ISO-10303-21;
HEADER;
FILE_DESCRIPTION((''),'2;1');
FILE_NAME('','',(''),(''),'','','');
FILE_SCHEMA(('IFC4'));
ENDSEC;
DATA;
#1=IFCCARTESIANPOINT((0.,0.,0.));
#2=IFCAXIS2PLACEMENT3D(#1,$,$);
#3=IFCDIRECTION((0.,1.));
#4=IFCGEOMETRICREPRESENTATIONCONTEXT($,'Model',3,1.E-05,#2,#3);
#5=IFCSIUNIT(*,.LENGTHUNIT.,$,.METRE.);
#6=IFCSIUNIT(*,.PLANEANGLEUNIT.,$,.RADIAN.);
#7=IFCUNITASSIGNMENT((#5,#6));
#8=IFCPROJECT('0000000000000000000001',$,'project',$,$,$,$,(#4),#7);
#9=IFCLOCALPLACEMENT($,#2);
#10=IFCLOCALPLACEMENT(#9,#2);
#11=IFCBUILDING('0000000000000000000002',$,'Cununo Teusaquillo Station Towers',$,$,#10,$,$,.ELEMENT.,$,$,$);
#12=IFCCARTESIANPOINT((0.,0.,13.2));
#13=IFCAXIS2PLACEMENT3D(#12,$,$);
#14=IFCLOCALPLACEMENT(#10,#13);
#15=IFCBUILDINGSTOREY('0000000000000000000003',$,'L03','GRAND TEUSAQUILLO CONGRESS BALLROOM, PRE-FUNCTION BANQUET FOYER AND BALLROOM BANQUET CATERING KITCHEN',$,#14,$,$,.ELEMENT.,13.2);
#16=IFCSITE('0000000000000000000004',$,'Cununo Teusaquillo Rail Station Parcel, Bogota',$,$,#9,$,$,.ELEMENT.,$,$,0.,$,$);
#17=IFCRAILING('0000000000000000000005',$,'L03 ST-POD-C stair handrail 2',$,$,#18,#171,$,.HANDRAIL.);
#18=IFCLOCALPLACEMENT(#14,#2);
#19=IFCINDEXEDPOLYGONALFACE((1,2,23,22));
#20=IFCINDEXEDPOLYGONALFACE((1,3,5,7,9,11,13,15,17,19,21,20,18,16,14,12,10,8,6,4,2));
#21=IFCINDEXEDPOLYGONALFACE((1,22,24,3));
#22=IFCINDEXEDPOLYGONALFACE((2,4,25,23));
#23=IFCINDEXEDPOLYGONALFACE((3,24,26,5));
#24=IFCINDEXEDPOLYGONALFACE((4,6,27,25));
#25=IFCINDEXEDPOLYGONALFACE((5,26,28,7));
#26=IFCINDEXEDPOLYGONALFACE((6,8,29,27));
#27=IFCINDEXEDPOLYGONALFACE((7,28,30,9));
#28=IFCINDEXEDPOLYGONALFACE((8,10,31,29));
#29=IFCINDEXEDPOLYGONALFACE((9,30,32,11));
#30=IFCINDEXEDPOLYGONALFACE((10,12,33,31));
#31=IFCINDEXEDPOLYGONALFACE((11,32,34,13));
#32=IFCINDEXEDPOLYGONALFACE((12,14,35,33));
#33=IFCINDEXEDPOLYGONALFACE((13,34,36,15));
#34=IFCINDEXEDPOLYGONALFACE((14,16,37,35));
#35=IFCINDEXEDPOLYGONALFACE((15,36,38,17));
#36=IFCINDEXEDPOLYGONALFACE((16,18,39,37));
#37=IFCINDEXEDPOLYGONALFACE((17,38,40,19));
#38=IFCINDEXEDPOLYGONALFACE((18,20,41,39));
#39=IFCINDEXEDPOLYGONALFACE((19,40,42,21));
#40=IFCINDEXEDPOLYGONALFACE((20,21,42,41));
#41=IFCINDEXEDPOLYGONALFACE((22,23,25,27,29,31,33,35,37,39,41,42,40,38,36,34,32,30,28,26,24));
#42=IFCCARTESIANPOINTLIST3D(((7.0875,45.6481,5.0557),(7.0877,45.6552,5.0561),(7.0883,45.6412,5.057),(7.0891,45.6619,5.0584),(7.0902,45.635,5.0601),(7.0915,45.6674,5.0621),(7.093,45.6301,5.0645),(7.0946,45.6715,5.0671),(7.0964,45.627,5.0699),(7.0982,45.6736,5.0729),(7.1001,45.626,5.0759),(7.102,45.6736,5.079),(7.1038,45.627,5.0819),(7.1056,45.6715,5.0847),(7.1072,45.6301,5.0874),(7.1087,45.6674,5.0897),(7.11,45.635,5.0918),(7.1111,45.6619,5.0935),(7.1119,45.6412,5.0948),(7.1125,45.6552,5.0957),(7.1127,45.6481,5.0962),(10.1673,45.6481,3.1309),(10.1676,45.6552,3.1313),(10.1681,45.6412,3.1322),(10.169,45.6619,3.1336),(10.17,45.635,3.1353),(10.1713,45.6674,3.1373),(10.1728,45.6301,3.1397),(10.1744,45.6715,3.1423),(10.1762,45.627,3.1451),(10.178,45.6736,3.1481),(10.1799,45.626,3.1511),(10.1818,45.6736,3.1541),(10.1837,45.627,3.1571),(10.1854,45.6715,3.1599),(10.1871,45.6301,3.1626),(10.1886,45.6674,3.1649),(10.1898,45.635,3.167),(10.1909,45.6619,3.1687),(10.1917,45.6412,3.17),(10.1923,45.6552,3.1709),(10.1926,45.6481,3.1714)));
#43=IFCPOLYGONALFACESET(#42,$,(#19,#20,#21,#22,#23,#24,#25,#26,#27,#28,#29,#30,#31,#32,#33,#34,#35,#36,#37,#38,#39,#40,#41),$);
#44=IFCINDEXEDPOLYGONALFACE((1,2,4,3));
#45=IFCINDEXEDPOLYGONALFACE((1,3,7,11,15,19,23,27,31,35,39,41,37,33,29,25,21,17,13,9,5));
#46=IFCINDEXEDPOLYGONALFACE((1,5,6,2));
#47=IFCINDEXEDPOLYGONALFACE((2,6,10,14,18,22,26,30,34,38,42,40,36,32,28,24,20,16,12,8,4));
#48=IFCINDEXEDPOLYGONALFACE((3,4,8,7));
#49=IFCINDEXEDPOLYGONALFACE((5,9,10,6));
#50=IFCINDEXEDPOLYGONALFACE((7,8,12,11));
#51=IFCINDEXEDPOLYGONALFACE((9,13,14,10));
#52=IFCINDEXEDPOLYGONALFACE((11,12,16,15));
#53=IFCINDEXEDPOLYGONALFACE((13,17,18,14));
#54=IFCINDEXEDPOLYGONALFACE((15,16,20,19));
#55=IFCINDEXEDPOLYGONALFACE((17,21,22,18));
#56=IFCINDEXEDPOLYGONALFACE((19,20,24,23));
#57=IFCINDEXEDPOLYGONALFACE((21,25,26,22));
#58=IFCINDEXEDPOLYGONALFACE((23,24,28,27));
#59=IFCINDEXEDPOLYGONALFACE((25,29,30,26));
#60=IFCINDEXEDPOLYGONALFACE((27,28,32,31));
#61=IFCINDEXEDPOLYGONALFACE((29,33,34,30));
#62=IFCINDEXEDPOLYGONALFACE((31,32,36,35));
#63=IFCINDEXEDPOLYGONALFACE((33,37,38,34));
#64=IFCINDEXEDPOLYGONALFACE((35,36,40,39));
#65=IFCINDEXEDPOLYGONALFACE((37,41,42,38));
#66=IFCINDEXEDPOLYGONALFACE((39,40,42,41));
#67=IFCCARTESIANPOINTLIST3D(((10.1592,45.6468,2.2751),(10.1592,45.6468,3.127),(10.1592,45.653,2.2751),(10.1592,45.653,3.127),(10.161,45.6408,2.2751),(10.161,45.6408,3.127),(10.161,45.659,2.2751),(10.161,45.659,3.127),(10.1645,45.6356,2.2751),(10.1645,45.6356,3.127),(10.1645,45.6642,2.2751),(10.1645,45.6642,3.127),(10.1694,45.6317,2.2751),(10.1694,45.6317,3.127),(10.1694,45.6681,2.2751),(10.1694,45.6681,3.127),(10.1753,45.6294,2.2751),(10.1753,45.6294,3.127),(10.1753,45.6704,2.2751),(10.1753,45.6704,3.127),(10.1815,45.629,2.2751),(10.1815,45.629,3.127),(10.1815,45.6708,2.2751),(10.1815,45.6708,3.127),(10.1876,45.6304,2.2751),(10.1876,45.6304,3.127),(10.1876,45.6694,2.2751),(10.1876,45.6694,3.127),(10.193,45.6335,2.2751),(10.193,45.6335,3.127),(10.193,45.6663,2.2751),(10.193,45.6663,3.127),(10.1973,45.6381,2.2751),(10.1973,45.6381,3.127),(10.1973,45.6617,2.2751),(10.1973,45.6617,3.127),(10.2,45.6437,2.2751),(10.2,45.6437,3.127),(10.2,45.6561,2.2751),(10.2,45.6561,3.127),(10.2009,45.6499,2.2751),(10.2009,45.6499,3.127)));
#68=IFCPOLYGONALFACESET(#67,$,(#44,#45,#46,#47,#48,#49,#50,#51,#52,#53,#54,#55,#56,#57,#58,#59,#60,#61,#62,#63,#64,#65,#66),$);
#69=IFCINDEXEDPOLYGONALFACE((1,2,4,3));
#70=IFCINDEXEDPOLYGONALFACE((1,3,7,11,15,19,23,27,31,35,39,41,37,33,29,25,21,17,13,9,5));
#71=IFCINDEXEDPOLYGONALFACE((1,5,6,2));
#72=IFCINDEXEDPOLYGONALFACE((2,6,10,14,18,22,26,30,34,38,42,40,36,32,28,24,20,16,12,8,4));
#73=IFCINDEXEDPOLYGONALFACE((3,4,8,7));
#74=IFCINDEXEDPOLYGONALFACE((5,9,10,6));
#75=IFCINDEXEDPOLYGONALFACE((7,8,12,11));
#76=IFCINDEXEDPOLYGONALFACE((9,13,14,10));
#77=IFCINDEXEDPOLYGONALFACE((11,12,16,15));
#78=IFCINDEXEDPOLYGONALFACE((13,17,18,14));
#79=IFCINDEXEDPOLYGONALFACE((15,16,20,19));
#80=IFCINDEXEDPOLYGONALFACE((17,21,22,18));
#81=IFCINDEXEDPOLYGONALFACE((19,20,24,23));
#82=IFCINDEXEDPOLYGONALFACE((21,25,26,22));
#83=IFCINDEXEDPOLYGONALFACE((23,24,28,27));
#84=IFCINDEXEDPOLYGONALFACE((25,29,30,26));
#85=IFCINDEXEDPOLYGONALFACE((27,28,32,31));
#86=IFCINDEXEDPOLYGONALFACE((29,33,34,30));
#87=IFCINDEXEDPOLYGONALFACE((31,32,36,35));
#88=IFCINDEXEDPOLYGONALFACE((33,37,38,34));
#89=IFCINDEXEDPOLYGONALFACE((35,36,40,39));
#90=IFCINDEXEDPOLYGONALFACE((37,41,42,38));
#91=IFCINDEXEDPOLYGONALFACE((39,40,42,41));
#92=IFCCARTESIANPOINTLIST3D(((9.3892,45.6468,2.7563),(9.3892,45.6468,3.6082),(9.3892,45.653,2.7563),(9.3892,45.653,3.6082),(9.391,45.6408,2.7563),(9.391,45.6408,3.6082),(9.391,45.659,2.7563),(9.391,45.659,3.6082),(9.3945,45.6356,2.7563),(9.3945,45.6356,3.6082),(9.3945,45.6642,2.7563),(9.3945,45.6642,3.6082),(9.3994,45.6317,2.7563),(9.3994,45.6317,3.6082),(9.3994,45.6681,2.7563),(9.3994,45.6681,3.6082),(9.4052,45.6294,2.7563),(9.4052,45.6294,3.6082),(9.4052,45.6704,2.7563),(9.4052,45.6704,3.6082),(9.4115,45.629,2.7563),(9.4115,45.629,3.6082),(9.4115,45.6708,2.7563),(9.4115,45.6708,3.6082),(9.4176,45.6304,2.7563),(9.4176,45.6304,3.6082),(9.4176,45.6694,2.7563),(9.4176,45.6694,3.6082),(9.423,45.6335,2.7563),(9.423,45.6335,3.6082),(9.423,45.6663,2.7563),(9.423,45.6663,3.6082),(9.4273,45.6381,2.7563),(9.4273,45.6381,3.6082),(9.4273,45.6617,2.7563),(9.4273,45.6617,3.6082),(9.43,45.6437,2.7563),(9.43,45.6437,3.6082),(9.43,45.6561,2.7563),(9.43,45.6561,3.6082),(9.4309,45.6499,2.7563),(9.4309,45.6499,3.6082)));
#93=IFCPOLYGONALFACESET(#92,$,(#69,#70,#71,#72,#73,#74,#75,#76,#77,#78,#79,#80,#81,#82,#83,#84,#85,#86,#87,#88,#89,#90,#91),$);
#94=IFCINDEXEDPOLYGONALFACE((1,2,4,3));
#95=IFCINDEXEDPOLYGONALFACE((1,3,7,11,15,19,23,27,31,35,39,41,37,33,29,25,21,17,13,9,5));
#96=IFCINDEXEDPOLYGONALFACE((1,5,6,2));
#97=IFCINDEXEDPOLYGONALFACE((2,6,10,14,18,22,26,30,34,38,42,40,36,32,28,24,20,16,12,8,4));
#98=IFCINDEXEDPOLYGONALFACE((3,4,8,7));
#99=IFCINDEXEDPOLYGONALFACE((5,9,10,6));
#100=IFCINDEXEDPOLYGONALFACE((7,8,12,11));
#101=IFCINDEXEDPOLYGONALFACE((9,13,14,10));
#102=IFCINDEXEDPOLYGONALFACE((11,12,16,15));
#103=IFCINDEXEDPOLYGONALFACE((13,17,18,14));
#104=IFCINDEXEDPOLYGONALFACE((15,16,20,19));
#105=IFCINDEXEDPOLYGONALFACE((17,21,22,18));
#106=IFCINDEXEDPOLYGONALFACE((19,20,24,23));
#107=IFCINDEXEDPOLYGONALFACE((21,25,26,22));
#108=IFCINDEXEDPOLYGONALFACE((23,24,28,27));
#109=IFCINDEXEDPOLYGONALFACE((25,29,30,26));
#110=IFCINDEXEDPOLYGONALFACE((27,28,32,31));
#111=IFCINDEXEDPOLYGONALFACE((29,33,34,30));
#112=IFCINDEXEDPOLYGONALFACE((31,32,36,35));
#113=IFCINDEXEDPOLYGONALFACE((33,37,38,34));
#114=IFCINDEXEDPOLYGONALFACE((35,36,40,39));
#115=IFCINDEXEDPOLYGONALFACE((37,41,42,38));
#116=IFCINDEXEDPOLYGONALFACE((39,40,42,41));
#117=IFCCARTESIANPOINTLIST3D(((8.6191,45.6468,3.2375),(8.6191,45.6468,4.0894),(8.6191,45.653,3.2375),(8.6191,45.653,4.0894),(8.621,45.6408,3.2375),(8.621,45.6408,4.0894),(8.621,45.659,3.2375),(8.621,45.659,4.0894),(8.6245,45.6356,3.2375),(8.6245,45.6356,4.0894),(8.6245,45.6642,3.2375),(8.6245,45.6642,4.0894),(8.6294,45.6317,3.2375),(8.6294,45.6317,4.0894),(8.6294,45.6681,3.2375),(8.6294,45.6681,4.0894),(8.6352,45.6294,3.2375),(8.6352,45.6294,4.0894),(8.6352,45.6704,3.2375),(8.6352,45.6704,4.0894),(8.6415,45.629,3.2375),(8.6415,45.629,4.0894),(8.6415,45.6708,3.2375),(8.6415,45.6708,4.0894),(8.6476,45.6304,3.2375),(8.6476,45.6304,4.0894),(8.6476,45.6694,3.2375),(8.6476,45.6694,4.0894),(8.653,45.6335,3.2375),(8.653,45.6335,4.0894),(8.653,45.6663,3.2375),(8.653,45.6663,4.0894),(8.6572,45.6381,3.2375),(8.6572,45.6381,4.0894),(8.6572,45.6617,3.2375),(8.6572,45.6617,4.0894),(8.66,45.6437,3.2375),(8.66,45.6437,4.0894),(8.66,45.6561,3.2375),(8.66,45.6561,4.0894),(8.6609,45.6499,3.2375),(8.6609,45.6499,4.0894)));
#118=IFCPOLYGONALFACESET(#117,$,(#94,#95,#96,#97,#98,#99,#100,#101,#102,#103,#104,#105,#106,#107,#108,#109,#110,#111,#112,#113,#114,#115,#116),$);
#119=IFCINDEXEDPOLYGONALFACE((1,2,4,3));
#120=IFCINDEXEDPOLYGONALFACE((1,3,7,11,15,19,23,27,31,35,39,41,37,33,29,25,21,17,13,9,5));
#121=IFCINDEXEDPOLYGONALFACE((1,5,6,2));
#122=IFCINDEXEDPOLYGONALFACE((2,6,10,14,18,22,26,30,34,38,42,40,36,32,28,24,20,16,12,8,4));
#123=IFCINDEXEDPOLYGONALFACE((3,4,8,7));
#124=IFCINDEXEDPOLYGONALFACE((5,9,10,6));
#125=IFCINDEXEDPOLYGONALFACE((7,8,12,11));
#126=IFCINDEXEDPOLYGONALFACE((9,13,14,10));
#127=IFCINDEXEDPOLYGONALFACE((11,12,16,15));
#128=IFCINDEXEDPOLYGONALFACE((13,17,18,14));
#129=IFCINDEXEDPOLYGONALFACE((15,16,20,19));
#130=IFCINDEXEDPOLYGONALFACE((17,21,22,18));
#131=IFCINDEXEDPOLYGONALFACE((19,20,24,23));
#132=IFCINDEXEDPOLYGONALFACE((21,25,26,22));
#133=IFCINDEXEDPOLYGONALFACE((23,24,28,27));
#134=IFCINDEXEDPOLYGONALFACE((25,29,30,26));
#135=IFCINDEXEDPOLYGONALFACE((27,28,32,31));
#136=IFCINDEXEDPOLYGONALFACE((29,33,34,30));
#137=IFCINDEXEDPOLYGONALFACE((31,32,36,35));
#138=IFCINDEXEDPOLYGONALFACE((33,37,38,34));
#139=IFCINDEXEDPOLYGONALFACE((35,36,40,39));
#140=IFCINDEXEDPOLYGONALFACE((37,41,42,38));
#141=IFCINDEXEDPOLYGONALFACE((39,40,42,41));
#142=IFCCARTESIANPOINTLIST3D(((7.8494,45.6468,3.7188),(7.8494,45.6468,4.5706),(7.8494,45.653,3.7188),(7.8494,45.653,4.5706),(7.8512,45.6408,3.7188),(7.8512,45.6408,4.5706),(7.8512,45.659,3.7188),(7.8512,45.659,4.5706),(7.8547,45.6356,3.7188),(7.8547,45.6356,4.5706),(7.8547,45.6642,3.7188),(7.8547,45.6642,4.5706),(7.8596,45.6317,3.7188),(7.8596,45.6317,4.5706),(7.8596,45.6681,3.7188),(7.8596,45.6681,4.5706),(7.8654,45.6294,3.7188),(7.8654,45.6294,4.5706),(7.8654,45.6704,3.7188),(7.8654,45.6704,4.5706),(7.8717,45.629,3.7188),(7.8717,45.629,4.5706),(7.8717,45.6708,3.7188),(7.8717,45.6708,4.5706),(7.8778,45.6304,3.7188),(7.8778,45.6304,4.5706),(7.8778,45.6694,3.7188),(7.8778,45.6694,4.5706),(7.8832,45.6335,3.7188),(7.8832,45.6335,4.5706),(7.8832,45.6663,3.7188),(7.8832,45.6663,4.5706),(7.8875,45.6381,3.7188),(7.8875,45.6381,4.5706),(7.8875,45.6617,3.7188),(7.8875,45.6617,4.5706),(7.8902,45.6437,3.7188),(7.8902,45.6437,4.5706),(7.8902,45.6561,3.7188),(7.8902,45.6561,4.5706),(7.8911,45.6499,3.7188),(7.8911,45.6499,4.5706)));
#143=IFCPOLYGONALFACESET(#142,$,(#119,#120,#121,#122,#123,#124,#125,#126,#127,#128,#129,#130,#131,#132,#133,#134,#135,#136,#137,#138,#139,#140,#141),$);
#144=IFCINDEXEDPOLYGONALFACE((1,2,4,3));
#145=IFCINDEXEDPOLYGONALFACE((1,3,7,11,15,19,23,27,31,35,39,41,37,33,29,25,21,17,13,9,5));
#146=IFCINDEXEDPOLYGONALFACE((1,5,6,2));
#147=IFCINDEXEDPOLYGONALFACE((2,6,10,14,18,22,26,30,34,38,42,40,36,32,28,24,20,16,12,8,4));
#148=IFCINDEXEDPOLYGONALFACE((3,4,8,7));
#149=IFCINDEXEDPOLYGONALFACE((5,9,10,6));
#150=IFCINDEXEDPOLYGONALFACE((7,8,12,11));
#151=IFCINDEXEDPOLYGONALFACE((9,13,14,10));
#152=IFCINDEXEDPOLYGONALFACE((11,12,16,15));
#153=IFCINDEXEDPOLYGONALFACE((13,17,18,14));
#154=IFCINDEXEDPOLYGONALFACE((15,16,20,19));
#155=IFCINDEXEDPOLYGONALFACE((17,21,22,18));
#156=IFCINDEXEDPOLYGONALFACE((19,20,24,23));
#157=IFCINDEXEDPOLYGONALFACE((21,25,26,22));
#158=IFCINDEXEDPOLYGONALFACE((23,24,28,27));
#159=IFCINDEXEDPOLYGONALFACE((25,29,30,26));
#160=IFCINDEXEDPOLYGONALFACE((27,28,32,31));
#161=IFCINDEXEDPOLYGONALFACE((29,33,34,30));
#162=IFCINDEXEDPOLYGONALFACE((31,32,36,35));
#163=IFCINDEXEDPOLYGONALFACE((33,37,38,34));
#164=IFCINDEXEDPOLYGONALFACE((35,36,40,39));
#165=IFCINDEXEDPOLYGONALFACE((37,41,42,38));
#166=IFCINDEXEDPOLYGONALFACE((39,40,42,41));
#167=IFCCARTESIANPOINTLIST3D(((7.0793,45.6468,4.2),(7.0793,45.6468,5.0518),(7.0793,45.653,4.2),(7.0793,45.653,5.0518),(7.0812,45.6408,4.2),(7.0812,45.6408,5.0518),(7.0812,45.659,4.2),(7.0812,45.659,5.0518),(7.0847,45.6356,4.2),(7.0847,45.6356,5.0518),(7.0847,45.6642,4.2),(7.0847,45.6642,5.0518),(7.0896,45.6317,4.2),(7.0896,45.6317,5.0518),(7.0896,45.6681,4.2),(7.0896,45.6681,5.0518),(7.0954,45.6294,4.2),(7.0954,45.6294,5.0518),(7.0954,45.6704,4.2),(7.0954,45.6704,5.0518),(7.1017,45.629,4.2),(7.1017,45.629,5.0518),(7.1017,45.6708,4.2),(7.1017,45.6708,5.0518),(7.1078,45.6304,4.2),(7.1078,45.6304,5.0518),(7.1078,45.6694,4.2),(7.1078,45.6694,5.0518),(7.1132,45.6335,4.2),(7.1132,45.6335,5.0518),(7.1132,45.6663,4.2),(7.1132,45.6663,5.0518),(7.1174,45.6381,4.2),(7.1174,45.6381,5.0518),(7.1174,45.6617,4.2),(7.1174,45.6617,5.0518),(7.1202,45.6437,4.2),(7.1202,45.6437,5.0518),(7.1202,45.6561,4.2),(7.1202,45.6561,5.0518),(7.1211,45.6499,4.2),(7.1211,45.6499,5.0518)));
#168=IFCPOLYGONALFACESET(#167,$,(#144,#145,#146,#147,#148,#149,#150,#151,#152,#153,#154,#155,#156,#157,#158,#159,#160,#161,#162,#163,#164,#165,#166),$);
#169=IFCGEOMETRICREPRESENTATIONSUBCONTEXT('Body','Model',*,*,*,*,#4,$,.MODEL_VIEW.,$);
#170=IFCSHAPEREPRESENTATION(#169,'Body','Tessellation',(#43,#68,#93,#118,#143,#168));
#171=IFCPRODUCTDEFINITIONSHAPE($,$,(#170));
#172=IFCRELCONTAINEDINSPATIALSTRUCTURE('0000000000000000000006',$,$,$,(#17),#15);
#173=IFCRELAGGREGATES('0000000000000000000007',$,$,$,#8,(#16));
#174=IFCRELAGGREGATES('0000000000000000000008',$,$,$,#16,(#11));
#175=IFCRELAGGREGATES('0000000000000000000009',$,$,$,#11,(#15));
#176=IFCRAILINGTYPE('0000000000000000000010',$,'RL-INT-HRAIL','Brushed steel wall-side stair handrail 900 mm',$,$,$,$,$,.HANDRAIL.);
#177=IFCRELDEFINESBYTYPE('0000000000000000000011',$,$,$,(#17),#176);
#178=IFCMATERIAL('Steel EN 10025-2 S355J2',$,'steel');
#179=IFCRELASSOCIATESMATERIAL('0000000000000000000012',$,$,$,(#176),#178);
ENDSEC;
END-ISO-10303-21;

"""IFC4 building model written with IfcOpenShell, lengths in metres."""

from ifc_helpers import new_model, si_unit, direction, frame, origin, origin_2d, place, context, subcontext, project, spatial, circle, extrude, material, type_object, element, save


model = new_model("IFC4")

# Units and contexts
model_context = context("Model", 3, precision=1e-05, world=origin(), true_north=direction((0.0, 1.0)))
body_context = subcontext(model_context, "Body", "Model", "MODEL_VIEW")
ifc_project = project(units=[si_unit("LENGTHUNIT", "METRE"), si_unit("PLANEANGLEUNIT", "RADIAN")], contexts=[model_context])

# Site, building, storey
site_placement = place(None, origin())
site = spatial("IfcSite", under=ifc_project, at=site_placement, Name="Cununo Teusaquillo Rail Station Parcel, Bogota", CompositionType="ELEMENT", RefElevation=0.0)
building_placement = place(site_placement, origin())
building = spatial("IfcBuilding", under=site, at=building_placement, Name="Cununo Teusaquillo Station Towers", CompositionType="ELEMENT")
storey_placement = place(building_placement, frame((0.0, 0.0, 13.2)))
storey = spatial("IfcBuildingStorey", under=building, at=storey_placement, Name="L03", Description="GRAND TEUSAQUILLO CONGRESS BALLROOM, PRE-FUNCTION BANQUET FOYER AND BALLROOM BANQUET CATERING KITCHEN", CompositionType="ELEMENT", Elevation=13.2)

# Railing
ifc_material_1 = material(Name="Steel EN 10025-2 S355J2", Category="steel")
railing_type_1 = type_object("IfcRailingType", Name="RL-INT-HRAIL", Description="Brushed steel wall-side stair handrail 900 mm", PredefinedType="HANDRAIL", material=ifc_material_1)
railing_1_placement = place(storey_placement, frame((10.1799, 45.6499, 2.2751)))
element("IfcRailing", 1, at=railing_1_placement, inside=storey, type_object=railing_type_1, Name="L03 ST-POD-C stair handrail 2", PredefinedType="HANDRAIL", context=body_context, shape_type="SweptSolid", body=[
    extrude(circle(Radius=0.0239, at=origin_2d()), frame((0.0, 0.0, 0.876), z_axis=(-0.84801, 0.0, 0.529981), x_axis=(0.0, -1.0, 0.0)), (0.0, 0.0, 1.0), 3.6318),
    extrude(circle(Radius=0.021, at=origin_2d()), origin(), (0.0, 0.0, 1.0), 0.8518),
    extrude(circle(Radius=0.021, at=origin_2d()), frame((-0.77, 0.0, 0.4812)), (0.0, 0.0, 1.0), 0.8518),
    extrude(circle(Radius=0.021, at=origin_2d()), frame((-1.54, 0.0, 0.9624)), (0.0, 0.0, 1.0), 0.8518),
    extrude(circle(Radius=0.021, at=origin_2d()), frame((-2.3098, 0.0, 1.4436)), (0.0, 0.0, 1.0), 0.8518),
    extrude(circle(Radius=0.021, at=origin_2d()), frame((-3.0798, 0.0, 1.9248)), (0.0, 0.0, 1.0), 0.8518),
])

save(model, "model.ifc")
